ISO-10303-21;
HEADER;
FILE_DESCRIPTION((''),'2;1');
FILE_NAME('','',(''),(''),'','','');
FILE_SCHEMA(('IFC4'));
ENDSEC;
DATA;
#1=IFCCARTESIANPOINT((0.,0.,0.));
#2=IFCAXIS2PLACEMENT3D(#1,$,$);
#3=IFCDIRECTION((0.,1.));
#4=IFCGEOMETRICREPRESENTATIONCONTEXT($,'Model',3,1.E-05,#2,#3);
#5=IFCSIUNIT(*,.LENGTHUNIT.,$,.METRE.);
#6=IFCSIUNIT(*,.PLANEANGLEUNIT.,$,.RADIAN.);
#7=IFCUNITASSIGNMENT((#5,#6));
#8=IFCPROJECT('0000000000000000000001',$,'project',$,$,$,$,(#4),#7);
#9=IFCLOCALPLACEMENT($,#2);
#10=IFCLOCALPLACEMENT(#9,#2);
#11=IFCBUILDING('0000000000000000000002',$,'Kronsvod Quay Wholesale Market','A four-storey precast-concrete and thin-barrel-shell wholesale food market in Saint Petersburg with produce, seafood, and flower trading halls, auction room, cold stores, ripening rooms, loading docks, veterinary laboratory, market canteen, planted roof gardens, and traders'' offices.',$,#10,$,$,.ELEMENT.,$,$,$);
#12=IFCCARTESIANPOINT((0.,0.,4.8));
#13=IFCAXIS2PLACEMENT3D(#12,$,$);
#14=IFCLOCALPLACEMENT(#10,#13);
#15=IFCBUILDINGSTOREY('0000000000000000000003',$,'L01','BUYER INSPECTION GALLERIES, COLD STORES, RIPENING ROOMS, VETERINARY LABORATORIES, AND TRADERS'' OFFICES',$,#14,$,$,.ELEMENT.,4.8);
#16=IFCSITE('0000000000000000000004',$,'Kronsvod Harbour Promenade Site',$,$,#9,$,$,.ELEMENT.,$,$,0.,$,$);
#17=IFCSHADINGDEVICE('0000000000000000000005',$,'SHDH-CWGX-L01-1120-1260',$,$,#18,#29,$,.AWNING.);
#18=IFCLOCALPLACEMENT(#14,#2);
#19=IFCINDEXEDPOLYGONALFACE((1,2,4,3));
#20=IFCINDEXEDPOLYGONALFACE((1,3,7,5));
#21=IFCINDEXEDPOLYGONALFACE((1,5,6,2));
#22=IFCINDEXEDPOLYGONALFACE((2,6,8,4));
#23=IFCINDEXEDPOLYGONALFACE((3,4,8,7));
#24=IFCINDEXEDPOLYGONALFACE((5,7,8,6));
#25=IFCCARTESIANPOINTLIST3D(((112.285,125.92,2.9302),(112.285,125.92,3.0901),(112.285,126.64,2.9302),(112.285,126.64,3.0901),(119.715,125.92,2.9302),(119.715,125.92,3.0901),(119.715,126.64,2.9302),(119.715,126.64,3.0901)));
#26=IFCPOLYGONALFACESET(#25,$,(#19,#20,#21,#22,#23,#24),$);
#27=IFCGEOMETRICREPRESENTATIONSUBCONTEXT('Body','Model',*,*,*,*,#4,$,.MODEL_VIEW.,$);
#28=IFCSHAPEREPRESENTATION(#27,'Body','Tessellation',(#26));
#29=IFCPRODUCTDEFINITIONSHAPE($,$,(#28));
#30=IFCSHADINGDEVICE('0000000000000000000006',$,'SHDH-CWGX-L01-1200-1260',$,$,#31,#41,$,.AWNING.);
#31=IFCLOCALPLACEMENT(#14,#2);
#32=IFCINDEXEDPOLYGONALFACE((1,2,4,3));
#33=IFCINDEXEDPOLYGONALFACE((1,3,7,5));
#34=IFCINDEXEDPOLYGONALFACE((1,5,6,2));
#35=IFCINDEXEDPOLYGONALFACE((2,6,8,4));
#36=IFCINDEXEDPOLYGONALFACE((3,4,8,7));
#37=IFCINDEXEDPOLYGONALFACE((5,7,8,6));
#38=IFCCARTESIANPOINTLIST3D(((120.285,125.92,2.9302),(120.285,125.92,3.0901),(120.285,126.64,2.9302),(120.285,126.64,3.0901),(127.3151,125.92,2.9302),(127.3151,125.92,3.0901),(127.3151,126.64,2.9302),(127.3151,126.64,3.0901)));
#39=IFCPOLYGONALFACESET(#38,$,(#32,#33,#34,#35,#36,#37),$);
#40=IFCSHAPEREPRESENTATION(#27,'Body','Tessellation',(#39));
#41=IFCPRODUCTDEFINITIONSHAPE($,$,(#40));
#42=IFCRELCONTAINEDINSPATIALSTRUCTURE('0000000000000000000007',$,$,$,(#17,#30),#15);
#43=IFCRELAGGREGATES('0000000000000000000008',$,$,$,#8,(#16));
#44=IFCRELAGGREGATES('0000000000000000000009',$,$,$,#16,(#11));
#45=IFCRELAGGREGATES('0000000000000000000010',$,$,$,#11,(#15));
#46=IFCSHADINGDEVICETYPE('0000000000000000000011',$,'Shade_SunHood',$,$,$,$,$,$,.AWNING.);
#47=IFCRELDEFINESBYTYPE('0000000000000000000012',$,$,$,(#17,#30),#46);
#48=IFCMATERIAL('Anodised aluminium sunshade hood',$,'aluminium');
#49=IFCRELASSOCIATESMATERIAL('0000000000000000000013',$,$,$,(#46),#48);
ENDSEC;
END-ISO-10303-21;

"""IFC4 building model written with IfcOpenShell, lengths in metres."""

from ifc_helpers import new_model, si_unit, direction, frame, origin, origin_2d, place, context, subcontext, project, spatial, rectangle, extrude, material, type_object, element, save


model = new_model("IFC4")

# Units and contexts
model_context = context("Model", 3, precision=1e-05, world=origin(), true_north=direction((0.0, 1.0)))
body_context = subcontext(model_context, "Body", "Model", "MODEL_VIEW")
ifc_project = project(units=[si_unit("LENGTHUNIT", "METRE"), si_unit("PLANEANGLEUNIT", "RADIAN")], contexts=[model_context])

# Site, building, storey
site_placement = place(None, origin())
site = spatial("IfcSite", under=ifc_project, at=site_placement, Name="Kronsvod Harbour Promenade Site", CompositionType="ELEMENT", RefElevation=0.0)
building_placement = place(site_placement, origin())
building = spatial("IfcBuilding", under=site, at=building_placement, Name="Kronsvod Quay Wholesale Market", Description="A four-storey precast-concrete and thin-barrel-shell wholesale food market in Saint Petersburg with produce, seafood, and flower trading halls, auction room, cold stores, ripening rooms, loading docks, veterinary laboratory, market canteen, planted roof gardens, and traders' offices.", CompositionType="ELEMENT")
storey_placement = place(building_placement, frame((0.0, 0.0, 4.8)))
storey = spatial("IfcBuildingStorey", under=building, at=storey_placement, Name="L01", Description="BUYER INSPECTION GALLERIES, COLD STORES, RIPENING ROOMS, VETERINARY LABORATORIES, AND TRADERS' OFFICES", CompositionType="ELEMENT", Elevation=4.8)

# Shading devices
ifc_material_1 = material(Name="Anodised aluminium sunshade hood", Category="aluminium")
shading_device_type_1 = type_object("IfcShadingDeviceType", Name="Shade_SunHood", PredefinedType="AWNING", material=ifc_material_1)
shading_device_1_placement = place(storey_placement, frame((116.0, 126.28, 2.9302), z_axis=(0.0, 0.0, 1.0), x_axis=(1.0, 0.0, 0.0)))
element("IfcShadingDevice", 1, at=shading_device_1_placement, inside=storey, type_object=shading_device_type_1, Name="SHDH-CWGX-L01-1120-1260", PredefinedType="AWNING", context=body_context, shape_type="SweptSolid", body=[
    extrude(rectangle(XDim=7.4299, YDim=0.72, at=origin_2d()), origin(), (0.0, 0.0, 1.0), 0.1599),
])
shading_device_2_placement = place(storey_placement, frame((123.8, 126.28, 2.9302), z_axis=(0.0, 0.0, 1.0), x_axis=(1.0, 0.0, 0.0)))
element("IfcShadingDevice", 2, at=shading_device_2_placement, inside=storey, type_object=shading_device_type_1, Name="SHDH-CWGX-L01-1200-1260", PredefinedType="AWNING", context=body_context, shape_type="SweptSolid", body=[
    extrude(rectangle(XDim=7.03, YDim=0.72, at=origin_2d()), origin(), (0.0, 0.0, 1.0), 0.1599),
])

save(model, "model.ifc")
